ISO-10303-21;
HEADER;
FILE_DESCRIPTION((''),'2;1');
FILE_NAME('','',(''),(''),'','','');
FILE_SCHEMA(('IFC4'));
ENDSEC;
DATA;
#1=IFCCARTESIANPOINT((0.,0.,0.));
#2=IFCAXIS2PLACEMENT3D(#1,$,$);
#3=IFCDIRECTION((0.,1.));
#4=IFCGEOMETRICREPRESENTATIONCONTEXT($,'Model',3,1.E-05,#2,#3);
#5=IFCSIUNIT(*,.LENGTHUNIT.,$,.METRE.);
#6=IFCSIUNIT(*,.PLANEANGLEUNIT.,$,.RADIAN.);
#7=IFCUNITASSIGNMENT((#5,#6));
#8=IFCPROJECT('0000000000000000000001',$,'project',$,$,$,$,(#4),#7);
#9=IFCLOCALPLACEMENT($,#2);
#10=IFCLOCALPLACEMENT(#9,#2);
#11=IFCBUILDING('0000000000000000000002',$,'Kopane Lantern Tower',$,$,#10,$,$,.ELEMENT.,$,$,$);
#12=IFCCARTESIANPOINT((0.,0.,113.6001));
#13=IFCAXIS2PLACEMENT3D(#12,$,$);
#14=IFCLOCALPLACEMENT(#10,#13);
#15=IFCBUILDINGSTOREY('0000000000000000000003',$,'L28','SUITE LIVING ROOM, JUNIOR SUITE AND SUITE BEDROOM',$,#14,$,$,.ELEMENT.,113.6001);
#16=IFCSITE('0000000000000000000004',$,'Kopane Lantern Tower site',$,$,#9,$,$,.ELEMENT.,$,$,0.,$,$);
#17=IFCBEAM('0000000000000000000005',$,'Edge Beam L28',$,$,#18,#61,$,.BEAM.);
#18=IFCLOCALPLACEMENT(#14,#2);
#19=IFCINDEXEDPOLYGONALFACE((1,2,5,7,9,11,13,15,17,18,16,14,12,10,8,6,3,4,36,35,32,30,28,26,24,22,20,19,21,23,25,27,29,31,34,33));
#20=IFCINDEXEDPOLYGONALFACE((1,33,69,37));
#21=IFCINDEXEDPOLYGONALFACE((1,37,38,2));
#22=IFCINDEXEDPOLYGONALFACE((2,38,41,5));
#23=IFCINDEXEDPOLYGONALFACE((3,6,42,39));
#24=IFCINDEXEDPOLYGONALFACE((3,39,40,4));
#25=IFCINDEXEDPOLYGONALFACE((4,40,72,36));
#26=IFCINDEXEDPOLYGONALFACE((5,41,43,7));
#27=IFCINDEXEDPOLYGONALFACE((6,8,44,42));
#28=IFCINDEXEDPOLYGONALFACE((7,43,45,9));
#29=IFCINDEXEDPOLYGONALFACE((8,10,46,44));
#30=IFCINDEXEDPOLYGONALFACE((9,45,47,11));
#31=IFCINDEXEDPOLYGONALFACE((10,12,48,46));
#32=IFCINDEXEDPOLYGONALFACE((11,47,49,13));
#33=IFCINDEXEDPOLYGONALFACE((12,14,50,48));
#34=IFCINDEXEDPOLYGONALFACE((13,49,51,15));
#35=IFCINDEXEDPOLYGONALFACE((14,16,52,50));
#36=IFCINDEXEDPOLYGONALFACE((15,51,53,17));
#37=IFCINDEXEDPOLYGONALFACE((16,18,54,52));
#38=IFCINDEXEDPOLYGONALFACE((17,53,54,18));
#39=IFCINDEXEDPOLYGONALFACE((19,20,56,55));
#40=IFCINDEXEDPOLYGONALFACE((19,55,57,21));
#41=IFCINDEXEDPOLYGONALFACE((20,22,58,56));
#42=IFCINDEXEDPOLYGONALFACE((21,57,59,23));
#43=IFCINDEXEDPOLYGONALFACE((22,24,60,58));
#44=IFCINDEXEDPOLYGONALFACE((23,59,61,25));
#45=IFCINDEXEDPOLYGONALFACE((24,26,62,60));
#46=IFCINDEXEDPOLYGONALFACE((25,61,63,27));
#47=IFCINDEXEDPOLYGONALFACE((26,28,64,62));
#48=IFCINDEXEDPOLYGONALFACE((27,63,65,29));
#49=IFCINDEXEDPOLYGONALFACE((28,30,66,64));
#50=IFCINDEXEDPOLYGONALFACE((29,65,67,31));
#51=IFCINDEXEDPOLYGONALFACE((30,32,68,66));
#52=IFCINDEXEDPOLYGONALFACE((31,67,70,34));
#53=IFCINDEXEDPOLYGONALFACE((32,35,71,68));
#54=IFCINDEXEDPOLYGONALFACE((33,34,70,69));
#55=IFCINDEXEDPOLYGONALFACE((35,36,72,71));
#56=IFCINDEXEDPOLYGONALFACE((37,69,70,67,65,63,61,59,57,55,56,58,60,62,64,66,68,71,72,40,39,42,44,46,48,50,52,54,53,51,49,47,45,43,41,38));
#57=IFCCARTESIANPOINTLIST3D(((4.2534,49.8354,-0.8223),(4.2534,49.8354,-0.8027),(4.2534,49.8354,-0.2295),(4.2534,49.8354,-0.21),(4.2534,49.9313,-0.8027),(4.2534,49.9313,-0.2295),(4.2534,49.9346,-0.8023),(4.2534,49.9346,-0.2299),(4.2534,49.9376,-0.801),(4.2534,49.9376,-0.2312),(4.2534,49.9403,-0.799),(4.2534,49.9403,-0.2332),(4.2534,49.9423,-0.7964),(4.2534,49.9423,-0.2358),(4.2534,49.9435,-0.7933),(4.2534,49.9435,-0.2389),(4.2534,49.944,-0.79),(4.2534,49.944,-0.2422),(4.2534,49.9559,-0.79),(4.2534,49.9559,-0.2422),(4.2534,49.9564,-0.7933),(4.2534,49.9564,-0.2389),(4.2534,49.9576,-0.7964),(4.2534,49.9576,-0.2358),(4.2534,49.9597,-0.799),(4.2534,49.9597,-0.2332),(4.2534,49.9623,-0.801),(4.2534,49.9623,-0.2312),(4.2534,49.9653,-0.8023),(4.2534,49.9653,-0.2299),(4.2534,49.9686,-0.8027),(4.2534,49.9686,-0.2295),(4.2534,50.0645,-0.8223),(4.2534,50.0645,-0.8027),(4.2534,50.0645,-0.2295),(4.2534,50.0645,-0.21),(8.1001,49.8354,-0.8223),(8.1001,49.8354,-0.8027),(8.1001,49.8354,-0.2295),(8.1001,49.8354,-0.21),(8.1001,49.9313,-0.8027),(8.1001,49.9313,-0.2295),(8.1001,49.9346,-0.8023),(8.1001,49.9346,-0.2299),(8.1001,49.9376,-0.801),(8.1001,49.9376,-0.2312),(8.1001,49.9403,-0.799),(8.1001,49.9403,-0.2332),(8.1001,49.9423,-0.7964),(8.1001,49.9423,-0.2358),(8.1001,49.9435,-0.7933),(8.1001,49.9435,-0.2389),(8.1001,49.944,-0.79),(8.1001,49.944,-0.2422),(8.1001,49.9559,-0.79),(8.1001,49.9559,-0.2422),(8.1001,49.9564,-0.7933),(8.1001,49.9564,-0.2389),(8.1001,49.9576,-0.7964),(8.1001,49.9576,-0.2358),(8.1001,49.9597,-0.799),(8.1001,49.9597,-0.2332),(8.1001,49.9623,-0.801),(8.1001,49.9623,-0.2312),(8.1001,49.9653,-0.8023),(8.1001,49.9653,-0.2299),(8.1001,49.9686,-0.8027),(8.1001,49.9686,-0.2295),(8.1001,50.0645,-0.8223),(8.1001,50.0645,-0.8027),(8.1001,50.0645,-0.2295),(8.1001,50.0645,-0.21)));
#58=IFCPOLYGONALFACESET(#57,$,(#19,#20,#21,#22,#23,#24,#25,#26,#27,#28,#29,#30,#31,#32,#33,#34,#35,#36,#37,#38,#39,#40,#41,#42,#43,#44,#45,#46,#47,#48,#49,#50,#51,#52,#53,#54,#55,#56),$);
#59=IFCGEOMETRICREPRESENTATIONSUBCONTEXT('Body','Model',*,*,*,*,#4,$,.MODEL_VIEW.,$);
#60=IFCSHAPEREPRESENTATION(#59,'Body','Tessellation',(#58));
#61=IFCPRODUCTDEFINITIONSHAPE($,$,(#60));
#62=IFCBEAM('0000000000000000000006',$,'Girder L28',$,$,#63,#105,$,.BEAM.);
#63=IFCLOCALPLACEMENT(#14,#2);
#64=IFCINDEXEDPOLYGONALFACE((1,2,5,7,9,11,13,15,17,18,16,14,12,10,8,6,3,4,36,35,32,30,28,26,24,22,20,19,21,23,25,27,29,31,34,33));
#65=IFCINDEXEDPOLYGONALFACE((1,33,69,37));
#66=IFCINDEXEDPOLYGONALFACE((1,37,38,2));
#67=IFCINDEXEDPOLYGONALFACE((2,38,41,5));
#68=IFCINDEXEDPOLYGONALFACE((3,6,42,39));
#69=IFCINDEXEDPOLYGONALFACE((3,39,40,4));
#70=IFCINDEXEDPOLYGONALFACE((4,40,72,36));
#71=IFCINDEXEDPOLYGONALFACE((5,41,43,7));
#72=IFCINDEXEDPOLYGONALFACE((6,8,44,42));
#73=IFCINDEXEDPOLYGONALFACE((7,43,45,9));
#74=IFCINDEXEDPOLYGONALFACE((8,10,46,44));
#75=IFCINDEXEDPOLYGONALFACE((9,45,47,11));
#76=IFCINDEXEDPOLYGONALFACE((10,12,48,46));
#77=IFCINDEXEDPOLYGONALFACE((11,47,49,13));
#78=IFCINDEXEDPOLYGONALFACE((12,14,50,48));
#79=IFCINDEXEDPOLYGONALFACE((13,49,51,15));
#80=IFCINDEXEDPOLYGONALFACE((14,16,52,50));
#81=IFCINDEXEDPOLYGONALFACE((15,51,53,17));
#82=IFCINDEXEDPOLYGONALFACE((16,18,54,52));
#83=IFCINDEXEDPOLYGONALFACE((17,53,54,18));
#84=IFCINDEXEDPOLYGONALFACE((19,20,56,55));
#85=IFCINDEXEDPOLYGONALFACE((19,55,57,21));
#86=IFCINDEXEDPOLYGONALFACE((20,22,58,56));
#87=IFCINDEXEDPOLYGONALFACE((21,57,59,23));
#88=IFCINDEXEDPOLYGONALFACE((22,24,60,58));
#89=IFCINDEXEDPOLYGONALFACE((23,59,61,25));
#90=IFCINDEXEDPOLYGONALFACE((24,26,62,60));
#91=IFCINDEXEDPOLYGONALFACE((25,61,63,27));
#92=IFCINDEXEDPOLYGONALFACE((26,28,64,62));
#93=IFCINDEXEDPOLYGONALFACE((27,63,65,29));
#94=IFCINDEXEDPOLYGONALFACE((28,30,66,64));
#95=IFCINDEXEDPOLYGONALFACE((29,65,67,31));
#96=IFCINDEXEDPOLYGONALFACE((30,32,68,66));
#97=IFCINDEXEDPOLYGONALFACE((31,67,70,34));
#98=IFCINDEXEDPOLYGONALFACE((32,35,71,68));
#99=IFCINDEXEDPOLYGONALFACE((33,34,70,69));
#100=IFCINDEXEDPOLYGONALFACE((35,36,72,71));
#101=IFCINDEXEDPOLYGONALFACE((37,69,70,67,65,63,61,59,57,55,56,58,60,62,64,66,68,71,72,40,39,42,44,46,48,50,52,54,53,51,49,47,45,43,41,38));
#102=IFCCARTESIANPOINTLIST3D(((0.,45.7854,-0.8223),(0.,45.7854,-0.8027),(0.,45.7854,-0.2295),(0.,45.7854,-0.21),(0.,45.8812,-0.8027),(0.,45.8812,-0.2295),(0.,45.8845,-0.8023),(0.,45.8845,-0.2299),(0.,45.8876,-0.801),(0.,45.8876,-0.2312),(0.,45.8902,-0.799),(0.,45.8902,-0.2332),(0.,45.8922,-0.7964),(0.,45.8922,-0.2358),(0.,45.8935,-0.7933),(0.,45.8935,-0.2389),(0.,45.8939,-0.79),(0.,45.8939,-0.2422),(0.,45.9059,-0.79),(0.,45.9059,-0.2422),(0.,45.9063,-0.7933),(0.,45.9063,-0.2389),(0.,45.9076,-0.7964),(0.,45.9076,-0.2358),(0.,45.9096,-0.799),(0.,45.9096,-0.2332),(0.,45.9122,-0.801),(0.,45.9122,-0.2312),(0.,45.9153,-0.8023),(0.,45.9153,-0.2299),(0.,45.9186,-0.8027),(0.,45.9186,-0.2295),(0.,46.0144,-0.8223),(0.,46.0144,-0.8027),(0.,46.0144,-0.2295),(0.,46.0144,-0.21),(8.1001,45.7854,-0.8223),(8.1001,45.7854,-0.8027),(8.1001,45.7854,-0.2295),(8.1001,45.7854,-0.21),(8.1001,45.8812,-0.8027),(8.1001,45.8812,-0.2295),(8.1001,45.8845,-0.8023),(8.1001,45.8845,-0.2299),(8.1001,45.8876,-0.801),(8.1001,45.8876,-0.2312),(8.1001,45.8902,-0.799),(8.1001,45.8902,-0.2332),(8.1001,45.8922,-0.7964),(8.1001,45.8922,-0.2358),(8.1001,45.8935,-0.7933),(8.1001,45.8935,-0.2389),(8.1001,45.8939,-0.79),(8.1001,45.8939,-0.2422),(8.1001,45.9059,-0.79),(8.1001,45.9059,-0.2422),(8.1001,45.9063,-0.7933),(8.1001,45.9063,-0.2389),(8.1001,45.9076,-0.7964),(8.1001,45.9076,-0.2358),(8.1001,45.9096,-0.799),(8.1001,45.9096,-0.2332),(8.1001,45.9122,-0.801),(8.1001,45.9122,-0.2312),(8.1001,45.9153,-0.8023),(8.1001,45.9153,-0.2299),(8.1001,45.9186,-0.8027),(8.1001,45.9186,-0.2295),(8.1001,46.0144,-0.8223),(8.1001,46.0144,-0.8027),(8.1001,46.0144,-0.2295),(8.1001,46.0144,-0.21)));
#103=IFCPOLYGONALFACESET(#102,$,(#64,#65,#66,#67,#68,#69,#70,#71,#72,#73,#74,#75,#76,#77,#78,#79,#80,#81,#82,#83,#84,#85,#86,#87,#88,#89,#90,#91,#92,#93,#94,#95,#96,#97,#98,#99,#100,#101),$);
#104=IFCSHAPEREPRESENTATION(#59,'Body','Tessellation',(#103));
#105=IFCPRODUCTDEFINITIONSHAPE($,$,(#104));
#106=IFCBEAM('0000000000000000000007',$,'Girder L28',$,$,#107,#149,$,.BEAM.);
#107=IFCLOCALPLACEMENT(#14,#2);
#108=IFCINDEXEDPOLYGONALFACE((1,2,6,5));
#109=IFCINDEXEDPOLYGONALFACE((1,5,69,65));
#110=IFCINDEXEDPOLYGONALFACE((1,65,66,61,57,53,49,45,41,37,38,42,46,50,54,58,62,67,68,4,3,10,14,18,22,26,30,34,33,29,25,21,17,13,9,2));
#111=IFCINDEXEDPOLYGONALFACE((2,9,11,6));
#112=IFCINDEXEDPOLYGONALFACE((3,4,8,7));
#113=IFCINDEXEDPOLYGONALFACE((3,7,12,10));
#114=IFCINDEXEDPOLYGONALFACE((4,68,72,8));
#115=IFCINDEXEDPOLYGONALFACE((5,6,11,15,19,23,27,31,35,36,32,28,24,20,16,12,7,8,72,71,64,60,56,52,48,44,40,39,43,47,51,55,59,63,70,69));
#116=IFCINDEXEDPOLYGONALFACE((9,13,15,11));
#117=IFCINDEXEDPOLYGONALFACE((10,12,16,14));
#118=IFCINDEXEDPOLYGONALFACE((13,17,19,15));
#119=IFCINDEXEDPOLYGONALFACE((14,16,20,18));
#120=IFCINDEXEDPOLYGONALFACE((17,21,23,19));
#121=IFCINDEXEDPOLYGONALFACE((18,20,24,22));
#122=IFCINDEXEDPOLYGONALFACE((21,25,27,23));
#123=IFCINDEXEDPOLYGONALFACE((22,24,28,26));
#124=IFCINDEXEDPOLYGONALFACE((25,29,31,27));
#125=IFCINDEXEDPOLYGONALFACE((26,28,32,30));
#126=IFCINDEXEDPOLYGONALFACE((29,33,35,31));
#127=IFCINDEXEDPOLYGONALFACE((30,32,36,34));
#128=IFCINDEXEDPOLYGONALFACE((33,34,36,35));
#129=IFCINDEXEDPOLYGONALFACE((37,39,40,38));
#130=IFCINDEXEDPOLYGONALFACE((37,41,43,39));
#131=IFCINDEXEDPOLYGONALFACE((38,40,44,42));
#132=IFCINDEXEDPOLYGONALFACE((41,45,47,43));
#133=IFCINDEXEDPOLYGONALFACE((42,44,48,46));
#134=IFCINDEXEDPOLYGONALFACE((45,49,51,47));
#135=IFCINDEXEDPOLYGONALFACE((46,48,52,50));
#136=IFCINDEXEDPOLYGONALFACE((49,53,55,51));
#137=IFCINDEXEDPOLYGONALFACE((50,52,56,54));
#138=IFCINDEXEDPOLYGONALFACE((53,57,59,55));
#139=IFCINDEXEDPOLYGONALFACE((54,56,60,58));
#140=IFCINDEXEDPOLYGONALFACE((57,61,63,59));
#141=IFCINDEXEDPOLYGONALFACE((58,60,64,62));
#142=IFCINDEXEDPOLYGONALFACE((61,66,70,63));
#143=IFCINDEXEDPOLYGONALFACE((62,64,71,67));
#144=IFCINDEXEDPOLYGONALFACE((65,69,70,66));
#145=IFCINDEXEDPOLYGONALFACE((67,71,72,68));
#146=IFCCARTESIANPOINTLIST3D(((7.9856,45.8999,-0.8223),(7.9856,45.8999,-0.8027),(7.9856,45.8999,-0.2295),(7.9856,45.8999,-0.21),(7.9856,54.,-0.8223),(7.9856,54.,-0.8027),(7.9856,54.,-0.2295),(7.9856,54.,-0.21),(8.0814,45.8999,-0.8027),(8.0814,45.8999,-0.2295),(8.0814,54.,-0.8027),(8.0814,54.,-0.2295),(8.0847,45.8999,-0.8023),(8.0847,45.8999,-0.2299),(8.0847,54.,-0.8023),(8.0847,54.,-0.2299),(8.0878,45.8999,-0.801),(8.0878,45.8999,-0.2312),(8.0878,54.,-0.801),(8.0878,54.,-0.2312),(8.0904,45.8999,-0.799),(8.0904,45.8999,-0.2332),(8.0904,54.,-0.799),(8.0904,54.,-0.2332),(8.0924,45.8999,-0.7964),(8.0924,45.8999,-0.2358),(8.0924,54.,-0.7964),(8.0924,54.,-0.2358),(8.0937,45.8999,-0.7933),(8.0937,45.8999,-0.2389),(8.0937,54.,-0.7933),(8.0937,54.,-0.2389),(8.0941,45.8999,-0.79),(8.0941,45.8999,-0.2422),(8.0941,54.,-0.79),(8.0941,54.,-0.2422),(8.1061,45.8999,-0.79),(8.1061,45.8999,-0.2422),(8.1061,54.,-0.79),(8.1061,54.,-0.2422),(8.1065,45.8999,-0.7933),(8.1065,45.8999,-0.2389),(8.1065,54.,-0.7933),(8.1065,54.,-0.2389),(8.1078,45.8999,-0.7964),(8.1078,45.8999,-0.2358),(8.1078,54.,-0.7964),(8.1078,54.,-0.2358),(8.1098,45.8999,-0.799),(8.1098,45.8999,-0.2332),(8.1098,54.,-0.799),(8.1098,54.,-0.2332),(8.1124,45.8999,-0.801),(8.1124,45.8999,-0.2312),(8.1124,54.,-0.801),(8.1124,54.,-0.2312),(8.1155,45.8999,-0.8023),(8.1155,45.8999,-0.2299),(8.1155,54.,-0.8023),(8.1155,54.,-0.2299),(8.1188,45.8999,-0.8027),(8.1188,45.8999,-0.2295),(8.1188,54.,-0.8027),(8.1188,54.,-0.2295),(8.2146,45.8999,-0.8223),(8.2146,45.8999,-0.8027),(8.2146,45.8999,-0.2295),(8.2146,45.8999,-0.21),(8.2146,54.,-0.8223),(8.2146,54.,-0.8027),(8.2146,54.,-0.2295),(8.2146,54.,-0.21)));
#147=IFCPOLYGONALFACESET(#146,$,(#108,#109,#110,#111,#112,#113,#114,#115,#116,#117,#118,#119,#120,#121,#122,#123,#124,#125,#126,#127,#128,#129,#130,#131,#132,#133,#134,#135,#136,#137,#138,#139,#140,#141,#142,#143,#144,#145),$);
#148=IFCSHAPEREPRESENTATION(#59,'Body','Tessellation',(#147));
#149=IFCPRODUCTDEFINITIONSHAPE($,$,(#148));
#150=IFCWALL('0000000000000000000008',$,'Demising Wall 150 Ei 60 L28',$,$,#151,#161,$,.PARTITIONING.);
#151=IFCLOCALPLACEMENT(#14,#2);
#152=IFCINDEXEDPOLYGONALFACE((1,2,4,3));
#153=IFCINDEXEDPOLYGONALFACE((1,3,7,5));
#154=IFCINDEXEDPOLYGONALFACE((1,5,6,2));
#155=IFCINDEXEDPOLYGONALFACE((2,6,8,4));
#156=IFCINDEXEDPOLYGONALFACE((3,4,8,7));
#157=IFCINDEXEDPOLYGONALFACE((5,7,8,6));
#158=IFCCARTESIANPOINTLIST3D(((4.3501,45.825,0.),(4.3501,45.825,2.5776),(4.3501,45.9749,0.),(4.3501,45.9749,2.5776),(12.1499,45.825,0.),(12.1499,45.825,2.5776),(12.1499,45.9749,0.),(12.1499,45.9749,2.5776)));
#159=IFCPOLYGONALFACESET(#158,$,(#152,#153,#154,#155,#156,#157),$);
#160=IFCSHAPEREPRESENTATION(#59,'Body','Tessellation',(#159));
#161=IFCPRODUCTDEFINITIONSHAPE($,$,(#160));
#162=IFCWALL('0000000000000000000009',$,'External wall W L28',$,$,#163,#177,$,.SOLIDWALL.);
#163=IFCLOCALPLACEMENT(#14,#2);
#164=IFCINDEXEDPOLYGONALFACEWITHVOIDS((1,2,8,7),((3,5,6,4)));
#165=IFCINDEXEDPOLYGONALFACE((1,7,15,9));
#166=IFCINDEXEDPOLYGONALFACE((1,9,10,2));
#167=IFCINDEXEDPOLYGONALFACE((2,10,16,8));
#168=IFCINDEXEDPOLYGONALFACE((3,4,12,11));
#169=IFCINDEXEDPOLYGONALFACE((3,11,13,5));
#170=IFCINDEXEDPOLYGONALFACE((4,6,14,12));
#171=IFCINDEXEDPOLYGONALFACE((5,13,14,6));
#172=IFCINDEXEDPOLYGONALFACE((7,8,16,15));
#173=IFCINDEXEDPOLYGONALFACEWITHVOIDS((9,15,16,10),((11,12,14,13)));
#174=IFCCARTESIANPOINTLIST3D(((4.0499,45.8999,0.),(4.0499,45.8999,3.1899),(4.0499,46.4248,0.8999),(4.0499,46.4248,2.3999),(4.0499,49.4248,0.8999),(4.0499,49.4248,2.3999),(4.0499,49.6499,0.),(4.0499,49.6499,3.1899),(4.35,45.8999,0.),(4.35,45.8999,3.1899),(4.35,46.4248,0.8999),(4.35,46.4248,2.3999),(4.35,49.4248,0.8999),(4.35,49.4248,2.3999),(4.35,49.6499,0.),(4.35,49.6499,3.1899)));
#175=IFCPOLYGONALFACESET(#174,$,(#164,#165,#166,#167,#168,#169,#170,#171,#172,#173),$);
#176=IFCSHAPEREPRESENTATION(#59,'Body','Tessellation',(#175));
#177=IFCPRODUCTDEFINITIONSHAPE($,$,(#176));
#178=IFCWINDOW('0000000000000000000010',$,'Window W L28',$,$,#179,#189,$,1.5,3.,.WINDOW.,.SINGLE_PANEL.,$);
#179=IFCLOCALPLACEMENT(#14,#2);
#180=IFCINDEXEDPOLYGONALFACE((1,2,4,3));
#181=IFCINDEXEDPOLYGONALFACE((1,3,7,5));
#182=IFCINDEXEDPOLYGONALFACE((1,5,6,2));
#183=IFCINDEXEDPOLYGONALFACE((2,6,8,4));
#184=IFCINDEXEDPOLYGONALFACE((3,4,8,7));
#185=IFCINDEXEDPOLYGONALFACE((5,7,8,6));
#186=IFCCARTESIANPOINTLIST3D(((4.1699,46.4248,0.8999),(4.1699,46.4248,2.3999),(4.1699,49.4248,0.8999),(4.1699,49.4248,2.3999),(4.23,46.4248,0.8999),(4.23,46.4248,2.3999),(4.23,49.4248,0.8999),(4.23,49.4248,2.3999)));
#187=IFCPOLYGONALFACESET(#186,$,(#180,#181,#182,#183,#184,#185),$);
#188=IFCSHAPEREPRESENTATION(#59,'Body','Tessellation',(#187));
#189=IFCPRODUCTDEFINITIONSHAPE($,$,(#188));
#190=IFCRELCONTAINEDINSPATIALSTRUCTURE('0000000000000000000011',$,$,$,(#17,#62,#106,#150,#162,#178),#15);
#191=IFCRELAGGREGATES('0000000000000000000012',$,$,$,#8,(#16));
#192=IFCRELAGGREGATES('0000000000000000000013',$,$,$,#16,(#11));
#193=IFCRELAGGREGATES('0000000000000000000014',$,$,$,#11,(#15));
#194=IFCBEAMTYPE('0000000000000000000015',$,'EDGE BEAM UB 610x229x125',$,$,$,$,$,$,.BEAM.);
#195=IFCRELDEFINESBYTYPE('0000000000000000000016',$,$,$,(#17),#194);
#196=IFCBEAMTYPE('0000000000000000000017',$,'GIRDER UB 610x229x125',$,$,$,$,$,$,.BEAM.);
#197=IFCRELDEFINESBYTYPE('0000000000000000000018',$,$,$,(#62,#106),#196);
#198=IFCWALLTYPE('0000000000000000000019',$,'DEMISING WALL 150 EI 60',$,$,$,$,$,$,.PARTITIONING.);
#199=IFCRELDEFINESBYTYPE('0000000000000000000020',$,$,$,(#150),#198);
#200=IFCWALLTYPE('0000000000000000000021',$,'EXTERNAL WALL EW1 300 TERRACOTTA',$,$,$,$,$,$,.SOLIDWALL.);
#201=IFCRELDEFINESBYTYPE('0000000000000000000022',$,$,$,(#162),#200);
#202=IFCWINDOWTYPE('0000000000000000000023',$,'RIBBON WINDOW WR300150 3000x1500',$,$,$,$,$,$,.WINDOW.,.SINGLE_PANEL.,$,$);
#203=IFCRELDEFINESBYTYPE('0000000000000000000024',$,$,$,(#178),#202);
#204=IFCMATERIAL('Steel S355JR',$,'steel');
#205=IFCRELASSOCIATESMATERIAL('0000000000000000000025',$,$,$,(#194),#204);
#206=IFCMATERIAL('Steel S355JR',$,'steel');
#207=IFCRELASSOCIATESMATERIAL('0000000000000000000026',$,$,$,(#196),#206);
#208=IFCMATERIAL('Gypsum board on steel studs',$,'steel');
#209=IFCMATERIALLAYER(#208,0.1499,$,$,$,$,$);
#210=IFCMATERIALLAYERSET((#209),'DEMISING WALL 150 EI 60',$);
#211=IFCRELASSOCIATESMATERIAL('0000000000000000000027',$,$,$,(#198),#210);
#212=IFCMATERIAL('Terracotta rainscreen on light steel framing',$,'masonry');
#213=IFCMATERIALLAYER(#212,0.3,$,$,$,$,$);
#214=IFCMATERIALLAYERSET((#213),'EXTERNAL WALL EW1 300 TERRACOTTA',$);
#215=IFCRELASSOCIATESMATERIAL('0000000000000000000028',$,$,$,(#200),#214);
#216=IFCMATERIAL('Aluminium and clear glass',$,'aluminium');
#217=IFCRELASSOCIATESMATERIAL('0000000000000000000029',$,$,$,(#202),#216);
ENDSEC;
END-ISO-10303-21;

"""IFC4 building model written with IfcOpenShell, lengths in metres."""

from ifc_helpers import new_model, si_unit, direction, frame, frame_2d, origin, origin_2d, place, context, subcontext, project, spatial, rectangle, i_section, extrude, material, layer, layer_set, material_profile, profile_set, type_object, element, fill, save


model = new_model("IFC4")

# Units and contexts
model_context = context("Model", 3, precision=1e-05, world=origin(), true_north=direction((0.0, 1.0)))
body_context = subcontext(model_context, "Body", "Model", "MODEL_VIEW")
ifc_project = project(units=[si_unit("LENGTHUNIT", "METRE"), si_unit("PLANEANGLEUNIT", "RADIAN")], contexts=[model_context])

# Site, building, storey
site_placement = place(None, origin())
site = spatial("IfcSite", under=ifc_project, at=site_placement, Name="Kopane Lantern Tower site", CompositionType="ELEMENT", RefElevation=0.0)
building_placement = place(site_placement, origin())
building = spatial("IfcBuilding", under=site, at=building_placement, Name="Kopane Lantern Tower", CompositionType="ELEMENT")
storey_placement = place(building_placement, frame((0.0, 0.0, 113.6001)))
storey = spatial("IfcBuildingStorey", under=building, at=storey_placement, Name="L28", Description="SUITE LIVING ROOM, JUNIOR SUITE AND SUITE BEDROOM", CompositionType="ELEMENT", Elevation=113.6001)

# Beams
ifc_material_1 = material(Name="Steel S355JR", Category="steel")
ifc_material_profile_1 = material_profile(ifc_material_1, i_section(OverallWidth=0.229, OverallDepth=0.6123, WebThickness=0.012, FlangeThickness=0.0195, FilletRadius=0.0127, at=origin_2d()), Name="UB 610x229x125")
ifc_profile_set_1 = profile_set([ifc_material_profile_1], Name="Steel S355JR")
beam_type_1 = type_object("IfcBeamType", Name="EDGE BEAM UB 610x229x125", PredefinedType="BEAM", material=ifc_profile_set_1)
for number, where, z_axis, x_axis, name in (
    (1, (4.2534, 49.95, -0.5161), (1.0, 0.0, 0.0), (0.0, 1.0, 0.0), "Edge Beam L28"),
):
    element("IfcBeam", number, at=place(storey_placement, frame(where, z_axis=z_axis, x_axis=x_axis)), inside=storey, type_object=beam_type_1, Name=name, PredefinedType="BEAM", context=body_context, shape_type="SweptSolid", body=[
        extrude(i_section(OverallWidth=0.229, OverallDepth=0.6123, WebThickness=0.012, FlangeThickness=0.0195, FilletRadius=0.0127, at=origin_2d()), origin(), (0.0, 0.0, 1.0), 3.8467),
    ])
ifc_material_2 = material(Name="Steel S355JR", Category="steel")
ifc_material_profile_2 = material_profile(ifc_material_2, i_section(OverallWidth=0.229, OverallDepth=0.6123, WebThickness=0.012, FlangeThickness=0.0195, FilletRadius=0.0127, at=origin_2d()), Name="UB 610x229x125")
ifc_profile_set_2 = profile_set([ifc_material_profile_2], Name="Steel S355JR")
beam_type_2 = type_object("IfcBeamType", Name="GIRDER UB 610x229x125", PredefinedType="BEAM", material=ifc_profile_set_2)
for number, where, z_axis, x_axis, name in (
    (2, (0.0, 45.8999, -0.5161), (1.0, 0.0, 0.0), (0.0, 1.0, 0.0), "Girder L28"),
    (3, (8.1001, 45.8999, -0.5161), (0.0, 1.0, 0.0), (-1.0, 0.0, 0.0), "Girder L28"),
):
    element("IfcBeam", number, at=place(storey_placement, frame(where, z_axis=z_axis, x_axis=x_axis)), inside=storey, type_object=beam_type_2, Name=name, PredefinedType="BEAM", context=body_context, shape_type="SweptSolid", body=[
        extrude(i_section(OverallWidth=0.229, OverallDepth=0.6123, WebThickness=0.012, FlangeThickness=0.0195, FilletRadius=0.0127, at=origin_2d()), origin(), (0.0, 0.0, 1.0), 8.1001),
    ])

# Wall
ifc_material_3 = material(Name="Gypsum board on steel studs", Category="steel")
ifc_layer_1 = layer(ifc_material_3, 0.1499)
ifc_layer_set_1 = layer_set([ifc_layer_1], Name="DEMISING WALL 150 EI 60")
wall_type_1 = type_object("IfcWallType", Name="DEMISING WALL 150 EI 60", PredefinedType="PARTITIONING", material=ifc_layer_set_1)
wall_1_placement = place(storey_placement, frame((4.3501, 45.8999, 0.0), z_axis=(0.0, 0.0, 1.0), x_axis=(1.0, 0.0, 0.0)))
element("IfcWall", 4, at=wall_1_placement, inside=storey, type_object=wall_type_1, Name="Demising Wall 150 Ei 60 L28", PredefinedType="PARTITIONING", context=body_context, shape_type="SweptSolid", body=[
    extrude(rectangle(XDim=7.7998, YDim=0.1499, at=frame_2d((3.8999, 0.0))), origin(), (0.0, 0.0, 1.0), 2.5776),
])

# Wall, opening, window
ifc_material_4 = material(Name="Terracotta rainscreen on light steel framing", Category="masonry")
ifc_layer_2 = layer(ifc_material_4, 0.3)
ifc_layer_set_2 = layer_set([ifc_layer_2], Name="EXTERNAL WALL EW1 300 TERRACOTTA")
wall_type_2 = type_object("IfcWallType", Name="EXTERNAL WALL EW1 300 TERRACOTTA", PredefinedType="SOLIDWALL", material=ifc_layer_set_2)
wall_2_placement = place(storey_placement, frame((4.2, 49.6499, 0.0), z_axis=(0.0, 0.0, 1.0), x_axis=(0.0, -1.0, 0.0)))
wall_2 = element("IfcWall", 5, at=wall_2_placement, inside=storey, type_object=wall_type_2, Name="External wall W L28", PredefinedType="SOLIDWALL", context=body_context, shape_type="SweptSolid", body=[
    extrude(rectangle(XDim=3.75, YDim=0.3, at=frame_2d((1.875, 0.0))), origin(), (0.0, 0.0, 1.0), 3.1899),
])
opening_1_placement = place(wall_2_placement, frame((0.2251, 0.0, 0.8999)))
opening_1 = element("IfcOpeningElement", 6, at=opening_1_placement, cuts=wall_2, PredefinedType="OPENING", context=body_context, shape_type="SweptSolid", body=[
    extrude(rectangle(XDim=3.0, YDim=1.5, at=frame_2d((1.5, 0.75))), frame((0.0, 0.1599, 0.0), z_axis=(0.0, -1.0, 0.0), x_axis=(1.0, 0.0, 0.0)), (0.0, 0.0, 1.0), 0.3201),
])
ifc_material_5 = material(Name="Aluminium and clear glass", Category="aluminium")
window_type_1 = type_object("IfcWindowType", Name="RIBBON WINDOW WR300150 3000x1500", PartitioningType="SINGLE_PANEL", PredefinedType="WINDOW", material=ifc_material_5)
window_1_placement = place(opening_1_placement, origin())
window_1 = element("IfcWindow", 7, at=window_1_placement, inside=storey, type_object=window_type_1, Name="Window W L28", OverallHeight=1.5, OverallWidth=3.0, PartitioningType="SINGLE_PANEL", PredefinedType="WINDOW", context=body_context, shape_type="SweptSolid", body=[
    extrude(rectangle(XDim=3.0, YDim=1.5, at=frame_2d((1.5, 0.75))), frame((0.0, 0.03, 0.0), z_axis=(0.0, -1.0, 0.0), x_axis=(1.0, 0.0, 0.0)), (0.0, 0.0, 1.0), 0.0601),
])
fill(opening_1, window_1)

save(model, "model.ifc")
